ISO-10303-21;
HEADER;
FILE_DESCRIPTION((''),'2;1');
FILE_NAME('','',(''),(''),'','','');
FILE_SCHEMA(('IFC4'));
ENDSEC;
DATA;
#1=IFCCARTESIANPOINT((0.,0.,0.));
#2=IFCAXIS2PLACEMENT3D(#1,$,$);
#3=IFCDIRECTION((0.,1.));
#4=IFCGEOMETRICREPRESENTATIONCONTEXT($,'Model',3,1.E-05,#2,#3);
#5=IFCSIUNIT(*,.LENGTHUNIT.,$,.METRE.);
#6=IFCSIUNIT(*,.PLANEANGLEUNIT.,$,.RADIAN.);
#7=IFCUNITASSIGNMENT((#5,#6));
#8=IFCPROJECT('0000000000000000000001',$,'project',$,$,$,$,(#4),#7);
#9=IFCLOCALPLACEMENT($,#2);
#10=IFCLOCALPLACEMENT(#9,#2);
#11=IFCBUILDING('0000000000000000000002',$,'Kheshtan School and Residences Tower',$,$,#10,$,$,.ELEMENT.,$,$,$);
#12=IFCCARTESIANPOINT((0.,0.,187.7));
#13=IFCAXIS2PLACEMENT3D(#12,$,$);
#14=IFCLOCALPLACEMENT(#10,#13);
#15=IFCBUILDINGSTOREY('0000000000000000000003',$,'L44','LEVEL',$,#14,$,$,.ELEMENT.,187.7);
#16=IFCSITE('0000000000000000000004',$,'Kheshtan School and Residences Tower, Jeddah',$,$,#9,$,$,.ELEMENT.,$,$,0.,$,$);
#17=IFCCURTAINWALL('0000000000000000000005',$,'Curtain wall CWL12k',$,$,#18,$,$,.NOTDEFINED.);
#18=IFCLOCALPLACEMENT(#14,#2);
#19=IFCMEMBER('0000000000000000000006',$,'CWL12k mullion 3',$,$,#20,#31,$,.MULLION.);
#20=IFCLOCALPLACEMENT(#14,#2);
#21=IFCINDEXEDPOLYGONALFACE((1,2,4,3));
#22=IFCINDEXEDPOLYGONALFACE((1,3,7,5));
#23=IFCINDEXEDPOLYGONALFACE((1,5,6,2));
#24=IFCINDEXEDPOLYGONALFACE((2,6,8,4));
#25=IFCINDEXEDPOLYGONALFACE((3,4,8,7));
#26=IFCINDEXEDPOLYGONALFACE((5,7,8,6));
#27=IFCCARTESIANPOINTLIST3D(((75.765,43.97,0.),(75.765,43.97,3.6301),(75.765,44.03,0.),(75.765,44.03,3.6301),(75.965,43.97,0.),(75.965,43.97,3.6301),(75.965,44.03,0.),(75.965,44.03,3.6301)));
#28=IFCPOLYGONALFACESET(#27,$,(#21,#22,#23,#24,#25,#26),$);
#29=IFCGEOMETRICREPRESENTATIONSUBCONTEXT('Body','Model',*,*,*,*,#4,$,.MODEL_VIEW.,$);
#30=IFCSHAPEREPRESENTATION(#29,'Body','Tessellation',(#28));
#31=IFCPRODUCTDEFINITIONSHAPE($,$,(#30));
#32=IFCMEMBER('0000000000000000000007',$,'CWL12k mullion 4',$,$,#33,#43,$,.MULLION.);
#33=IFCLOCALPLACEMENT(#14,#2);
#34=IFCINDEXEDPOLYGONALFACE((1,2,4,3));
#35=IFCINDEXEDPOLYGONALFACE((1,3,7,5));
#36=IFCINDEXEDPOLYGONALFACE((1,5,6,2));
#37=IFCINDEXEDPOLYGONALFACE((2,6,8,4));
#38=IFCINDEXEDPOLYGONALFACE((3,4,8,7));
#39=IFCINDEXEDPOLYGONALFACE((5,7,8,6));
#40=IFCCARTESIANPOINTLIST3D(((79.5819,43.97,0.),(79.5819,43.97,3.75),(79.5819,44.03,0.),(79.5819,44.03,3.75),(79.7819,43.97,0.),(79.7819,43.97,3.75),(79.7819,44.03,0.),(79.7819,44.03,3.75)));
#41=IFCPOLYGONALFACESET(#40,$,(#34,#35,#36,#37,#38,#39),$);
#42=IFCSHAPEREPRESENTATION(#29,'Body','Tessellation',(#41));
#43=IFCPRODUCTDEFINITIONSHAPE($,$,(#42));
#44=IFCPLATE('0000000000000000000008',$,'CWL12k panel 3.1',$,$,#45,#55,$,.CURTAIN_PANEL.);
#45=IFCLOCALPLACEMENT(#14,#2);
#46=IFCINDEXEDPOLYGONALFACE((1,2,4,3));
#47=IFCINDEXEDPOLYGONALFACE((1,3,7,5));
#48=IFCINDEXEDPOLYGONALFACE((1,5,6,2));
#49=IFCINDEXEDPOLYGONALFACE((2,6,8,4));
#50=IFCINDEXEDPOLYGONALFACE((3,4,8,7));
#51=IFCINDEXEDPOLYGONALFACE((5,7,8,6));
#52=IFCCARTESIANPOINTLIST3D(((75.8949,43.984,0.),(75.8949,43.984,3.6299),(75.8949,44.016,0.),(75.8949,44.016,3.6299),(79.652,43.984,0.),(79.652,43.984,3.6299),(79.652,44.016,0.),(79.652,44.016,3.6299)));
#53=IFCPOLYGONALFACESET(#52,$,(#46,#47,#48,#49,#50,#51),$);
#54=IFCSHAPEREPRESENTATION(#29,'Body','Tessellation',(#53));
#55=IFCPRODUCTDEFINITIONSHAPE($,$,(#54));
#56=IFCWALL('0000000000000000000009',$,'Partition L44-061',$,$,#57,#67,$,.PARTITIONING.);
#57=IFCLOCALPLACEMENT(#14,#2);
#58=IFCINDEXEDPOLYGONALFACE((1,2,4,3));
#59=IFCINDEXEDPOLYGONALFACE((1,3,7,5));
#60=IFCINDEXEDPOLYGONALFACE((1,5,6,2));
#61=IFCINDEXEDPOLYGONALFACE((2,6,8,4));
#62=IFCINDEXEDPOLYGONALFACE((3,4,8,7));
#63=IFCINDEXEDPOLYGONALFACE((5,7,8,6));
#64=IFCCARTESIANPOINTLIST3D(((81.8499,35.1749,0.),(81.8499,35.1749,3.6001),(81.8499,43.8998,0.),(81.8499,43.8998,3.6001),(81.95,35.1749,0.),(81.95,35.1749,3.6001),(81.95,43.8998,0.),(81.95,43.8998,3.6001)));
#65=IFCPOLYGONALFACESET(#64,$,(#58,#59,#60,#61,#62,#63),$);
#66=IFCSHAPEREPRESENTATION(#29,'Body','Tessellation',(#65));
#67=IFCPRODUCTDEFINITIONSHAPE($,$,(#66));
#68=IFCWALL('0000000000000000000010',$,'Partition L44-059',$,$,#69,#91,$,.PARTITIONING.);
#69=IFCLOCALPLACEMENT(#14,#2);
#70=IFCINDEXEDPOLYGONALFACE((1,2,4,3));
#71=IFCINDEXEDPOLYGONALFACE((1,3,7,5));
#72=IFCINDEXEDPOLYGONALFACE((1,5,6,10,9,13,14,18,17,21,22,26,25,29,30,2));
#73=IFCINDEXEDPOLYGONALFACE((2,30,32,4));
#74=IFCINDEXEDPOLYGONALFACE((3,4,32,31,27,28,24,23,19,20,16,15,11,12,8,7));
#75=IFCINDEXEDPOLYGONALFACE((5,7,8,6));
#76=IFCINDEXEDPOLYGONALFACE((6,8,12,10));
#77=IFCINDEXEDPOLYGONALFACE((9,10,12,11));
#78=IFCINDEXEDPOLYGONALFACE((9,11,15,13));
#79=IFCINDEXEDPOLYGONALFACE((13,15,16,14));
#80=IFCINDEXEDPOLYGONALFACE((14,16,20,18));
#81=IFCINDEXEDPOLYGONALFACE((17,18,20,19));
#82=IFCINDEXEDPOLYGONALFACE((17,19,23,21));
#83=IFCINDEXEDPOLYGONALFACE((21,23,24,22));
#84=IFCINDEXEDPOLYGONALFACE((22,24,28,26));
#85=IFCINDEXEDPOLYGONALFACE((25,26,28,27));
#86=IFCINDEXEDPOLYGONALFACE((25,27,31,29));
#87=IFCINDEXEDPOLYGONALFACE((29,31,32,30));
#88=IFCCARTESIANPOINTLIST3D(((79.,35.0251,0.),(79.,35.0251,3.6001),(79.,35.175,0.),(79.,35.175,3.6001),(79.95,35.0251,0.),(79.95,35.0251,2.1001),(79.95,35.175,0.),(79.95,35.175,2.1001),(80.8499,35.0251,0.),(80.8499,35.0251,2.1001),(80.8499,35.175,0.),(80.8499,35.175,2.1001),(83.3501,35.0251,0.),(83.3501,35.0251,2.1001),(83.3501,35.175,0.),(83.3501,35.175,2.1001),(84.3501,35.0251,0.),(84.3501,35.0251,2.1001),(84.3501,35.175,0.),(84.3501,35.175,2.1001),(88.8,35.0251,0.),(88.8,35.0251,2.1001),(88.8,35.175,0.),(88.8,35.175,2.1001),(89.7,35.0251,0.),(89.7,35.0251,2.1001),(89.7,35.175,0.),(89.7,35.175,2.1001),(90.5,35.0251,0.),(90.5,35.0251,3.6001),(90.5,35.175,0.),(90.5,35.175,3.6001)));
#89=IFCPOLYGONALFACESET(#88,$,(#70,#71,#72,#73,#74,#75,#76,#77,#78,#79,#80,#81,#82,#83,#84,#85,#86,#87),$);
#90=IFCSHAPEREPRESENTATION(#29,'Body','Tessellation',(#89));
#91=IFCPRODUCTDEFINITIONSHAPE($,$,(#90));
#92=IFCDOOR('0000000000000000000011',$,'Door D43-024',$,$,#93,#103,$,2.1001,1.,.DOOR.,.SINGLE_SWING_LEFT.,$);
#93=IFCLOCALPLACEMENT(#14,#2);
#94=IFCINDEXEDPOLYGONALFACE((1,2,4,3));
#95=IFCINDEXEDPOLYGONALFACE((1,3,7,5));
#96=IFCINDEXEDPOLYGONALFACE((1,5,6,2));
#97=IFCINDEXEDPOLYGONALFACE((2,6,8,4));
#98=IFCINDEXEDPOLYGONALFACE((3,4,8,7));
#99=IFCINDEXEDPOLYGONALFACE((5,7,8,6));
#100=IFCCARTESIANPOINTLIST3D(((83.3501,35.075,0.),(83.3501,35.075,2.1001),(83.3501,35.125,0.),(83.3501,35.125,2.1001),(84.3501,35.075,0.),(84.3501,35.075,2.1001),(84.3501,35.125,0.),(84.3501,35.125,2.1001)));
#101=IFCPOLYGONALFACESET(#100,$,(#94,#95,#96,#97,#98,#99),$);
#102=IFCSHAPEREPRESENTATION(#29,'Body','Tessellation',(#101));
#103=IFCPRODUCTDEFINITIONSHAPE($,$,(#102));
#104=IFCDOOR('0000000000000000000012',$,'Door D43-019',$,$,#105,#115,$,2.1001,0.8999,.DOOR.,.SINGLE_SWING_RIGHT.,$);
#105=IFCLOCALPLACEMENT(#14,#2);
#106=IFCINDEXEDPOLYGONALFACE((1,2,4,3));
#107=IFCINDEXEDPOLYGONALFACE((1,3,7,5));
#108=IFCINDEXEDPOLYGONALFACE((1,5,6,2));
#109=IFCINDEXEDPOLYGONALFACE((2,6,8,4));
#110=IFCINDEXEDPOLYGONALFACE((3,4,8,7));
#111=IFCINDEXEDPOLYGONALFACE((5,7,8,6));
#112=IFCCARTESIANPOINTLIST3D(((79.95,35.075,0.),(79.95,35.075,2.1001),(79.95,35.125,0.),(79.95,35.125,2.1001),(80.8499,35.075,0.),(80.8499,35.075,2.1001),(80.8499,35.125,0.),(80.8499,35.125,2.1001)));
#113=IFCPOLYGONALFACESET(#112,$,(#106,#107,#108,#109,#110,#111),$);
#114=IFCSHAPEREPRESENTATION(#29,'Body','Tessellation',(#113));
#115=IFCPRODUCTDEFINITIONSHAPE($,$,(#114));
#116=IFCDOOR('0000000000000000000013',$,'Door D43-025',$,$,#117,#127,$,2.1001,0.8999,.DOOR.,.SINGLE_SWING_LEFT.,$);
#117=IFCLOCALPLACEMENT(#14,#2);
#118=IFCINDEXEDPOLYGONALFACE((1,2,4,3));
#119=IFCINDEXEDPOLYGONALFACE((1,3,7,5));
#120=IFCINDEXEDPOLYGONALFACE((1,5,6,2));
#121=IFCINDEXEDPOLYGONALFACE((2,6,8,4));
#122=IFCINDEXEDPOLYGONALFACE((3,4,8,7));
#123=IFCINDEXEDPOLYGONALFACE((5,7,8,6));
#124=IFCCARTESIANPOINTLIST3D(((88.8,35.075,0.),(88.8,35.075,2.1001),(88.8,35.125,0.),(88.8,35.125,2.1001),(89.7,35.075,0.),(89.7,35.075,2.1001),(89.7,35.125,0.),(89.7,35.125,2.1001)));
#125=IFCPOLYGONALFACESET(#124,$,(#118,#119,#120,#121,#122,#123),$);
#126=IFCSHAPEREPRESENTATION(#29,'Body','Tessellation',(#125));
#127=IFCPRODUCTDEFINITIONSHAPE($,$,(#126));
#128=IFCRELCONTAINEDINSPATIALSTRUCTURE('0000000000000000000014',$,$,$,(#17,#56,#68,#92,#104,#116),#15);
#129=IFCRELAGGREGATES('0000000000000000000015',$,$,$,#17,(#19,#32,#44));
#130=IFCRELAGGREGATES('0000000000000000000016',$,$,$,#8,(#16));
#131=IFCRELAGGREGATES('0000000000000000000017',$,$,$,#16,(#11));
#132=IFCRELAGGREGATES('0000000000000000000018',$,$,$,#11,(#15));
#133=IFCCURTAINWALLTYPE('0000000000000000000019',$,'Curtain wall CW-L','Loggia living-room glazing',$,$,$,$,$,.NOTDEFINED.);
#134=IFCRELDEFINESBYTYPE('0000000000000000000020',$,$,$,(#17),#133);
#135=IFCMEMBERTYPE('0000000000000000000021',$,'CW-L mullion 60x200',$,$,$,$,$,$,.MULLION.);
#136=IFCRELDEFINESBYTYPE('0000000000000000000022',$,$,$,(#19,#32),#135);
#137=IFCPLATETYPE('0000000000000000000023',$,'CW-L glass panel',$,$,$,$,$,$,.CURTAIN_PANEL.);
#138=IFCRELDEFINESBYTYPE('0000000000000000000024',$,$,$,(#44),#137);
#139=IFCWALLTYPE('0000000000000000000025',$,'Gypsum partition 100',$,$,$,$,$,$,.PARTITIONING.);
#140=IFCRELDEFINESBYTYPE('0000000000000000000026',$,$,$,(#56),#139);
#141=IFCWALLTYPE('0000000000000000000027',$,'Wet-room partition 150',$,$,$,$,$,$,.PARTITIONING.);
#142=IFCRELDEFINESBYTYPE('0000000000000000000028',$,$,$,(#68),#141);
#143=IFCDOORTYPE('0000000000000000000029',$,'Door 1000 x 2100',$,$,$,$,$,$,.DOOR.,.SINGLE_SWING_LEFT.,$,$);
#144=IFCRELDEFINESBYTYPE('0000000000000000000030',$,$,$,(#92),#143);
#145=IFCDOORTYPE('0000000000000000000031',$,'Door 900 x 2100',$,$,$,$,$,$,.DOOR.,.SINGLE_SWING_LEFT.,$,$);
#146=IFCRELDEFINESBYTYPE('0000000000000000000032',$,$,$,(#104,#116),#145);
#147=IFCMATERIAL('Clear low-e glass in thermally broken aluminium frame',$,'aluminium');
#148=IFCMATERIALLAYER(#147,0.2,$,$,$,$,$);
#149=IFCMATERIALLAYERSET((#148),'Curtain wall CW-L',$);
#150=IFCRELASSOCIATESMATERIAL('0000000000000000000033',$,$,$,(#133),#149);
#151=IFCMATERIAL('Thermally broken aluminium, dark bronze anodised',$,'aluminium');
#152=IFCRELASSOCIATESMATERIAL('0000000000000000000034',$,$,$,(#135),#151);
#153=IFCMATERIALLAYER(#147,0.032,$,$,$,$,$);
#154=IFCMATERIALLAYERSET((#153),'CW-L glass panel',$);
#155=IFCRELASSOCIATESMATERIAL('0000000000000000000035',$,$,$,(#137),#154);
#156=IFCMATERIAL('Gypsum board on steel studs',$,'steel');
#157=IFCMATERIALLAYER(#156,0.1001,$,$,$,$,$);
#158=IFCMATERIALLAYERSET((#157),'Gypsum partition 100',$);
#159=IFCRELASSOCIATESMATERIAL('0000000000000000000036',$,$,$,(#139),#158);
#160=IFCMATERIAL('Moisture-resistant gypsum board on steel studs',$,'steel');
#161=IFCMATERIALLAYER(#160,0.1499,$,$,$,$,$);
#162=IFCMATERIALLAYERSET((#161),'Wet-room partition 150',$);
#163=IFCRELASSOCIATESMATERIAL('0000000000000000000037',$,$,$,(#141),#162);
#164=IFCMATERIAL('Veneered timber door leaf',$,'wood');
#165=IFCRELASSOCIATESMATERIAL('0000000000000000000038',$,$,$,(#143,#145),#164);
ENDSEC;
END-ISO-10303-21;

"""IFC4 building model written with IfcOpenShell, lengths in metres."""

from ifc_helpers import new_model, si_unit, direction, frame, frame_2d, origin, origin_2d, place, context, subcontext, project, spatial, rectangle, extrude, source, transform, mapped, material, layer, layer_set, material_profile, profile_set, type_object, element, fill, aggregate, save


model = new_model("IFC4")

# Units and contexts
model_context = context("Model", 3, precision=1e-05, world=origin(), true_north=direction((0.0, 1.0)))
body_context = subcontext(model_context, "Body", "Model", "MODEL_VIEW")
ifc_project = project(units=[si_unit("LENGTHUNIT", "METRE"), si_unit("PLANEANGLEUNIT", "RADIAN")], contexts=[model_context])

# Site, building, storey
site_placement = place(None, origin())
site = spatial("IfcSite", under=ifc_project, at=site_placement, Name="Kheshtan School and Residences Tower, Jeddah", CompositionType="ELEMENT", RefElevation=0.0)
building_placement = place(site_placement, origin())
building = spatial("IfcBuilding", under=site, at=building_placement, Name="Kheshtan School and Residences Tower", CompositionType="ELEMENT")
storey_placement = place(building_placement, frame((0.0, 0.0, 187.7)))
storey = spatial("IfcBuildingStorey", under=building, at=storey_placement, Name="L44", Description="LEVEL", CompositionType="ELEMENT", Elevation=187.7)

# Curtain wall, members, plate
ifc_material_1 = material(Name="Clear low-e glass in thermally broken aluminium frame", Category="aluminium")
ifc_layer_1 = layer(ifc_material_1, 0.2)
ifc_layer_set_1 = layer_set([ifc_layer_1], Name="Curtain wall CW-L")
curtain_wall_type = type_object("IfcCurtainWallType", Name="Curtain wall CW-L", Description="Loggia living-room glazing", PredefinedType="NOTDEFINED", material=ifc_layer_set_1)
curtain_wall_placement = place(storey_placement, origin())
curtain_wall = element("IfcCurtainWall", 1, at=curtain_wall_placement, inside=storey, type_object=curtain_wall_type, Name="Curtain wall CWL12k", PredefinedType="NOTDEFINED")
ifc_material_2 = material(Name="Thermally broken aluminium, dark bronze anodised", Category="aluminium")
ifc_material_profile_1 = material_profile(ifc_material_2, rectangle(XDim=0.0601, YDim=0.2, at=origin_2d()), Name="CW-L mullion 60x200")
ifc_profile_set_1 = profile_set([ifc_material_profile_1], Name="Thermally broken aluminium, dark bronze anodised")
member_type = type_object("IfcMemberType", Name="CW-L mullion 60x200", PredefinedType="MULLION", material=ifc_profile_set_1)
member_1_placement = place(storey_placement, frame((75.865, 44.0, 0.0), z_axis=(0.0, 0.0, 1.0), x_axis=(0.0, 1.0, 0.0)))
member_1 = element("IfcMember", 2, at=member_1_placement, type_object=member_type, Name="CWL12k mullion 3", PredefinedType="MULLION", context=body_context, shape_type="SweptSolid", body=[
    extrude(rectangle(XDim=0.0601, YDim=0.2, at=origin_2d()), origin(), (0.0, 0.0, 1.0), 3.6301),
])
member_2_placement = place(storey_placement, frame((79.6819, 44.0, 0.0), z_axis=(0.0, 0.0, 1.0), x_axis=(0.0, 1.0, 0.0)))
member_2 = element("IfcMember", 3, at=member_2_placement, type_object=member_type, Name="CWL12k mullion 4", PredefinedType="MULLION", context=body_context, shape_type="SweptSolid", body=[
    extrude(rectangle(XDim=0.0601, YDim=0.2, at=origin_2d()), origin(), (0.0, 0.0, 1.0), 3.75),
])
ifc_layer_2 = layer(ifc_material_1, 0.032)
ifc_layer_set_2 = layer_set([ifc_layer_2], Name="CW-L glass panel")
plate_type = type_object("IfcPlateType", Name="CW-L glass panel", PredefinedType="CURTAIN_PANEL", material=ifc_layer_set_2)
plate_placement = place(storey_placement, frame((77.7734, 44.0, 0.0), z_axis=(0.0, 0.0, 1.0), x_axis=(1.0, 0.0, 0.0)))
plate = element("IfcPlate", 4, at=plate_placement, type_object=plate_type, Name="CWL12k panel 3.1", PredefinedType="CURTAIN_PANEL", context=body_context, shape_type="SweptSolid", body=[
    extrude(rectangle(XDim=3.7571, YDim=0.032, at=origin_2d()), origin(), (0.0, 0.0, 1.0), 3.6299),
])
aggregate(curtain_wall, [member_1, member_2, plate])

# Wall
ifc_material_3 = material(Name="Gypsum board on steel studs", Category="steel")
ifc_layer_3 = layer(ifc_material_3, 0.1001)
ifc_layer_set_3 = layer_set([ifc_layer_3], Name="Gypsum partition 100")
wall_type_1 = type_object("IfcWallType", Name="Gypsum partition 100", PredefinedType="PARTITIONING", material=ifc_layer_set_3)
wall_1_placement = place(storey_placement, frame((81.8999, 35.175, 0.0), z_axis=(0.0, 0.0, 1.0), x_axis=(0.0, 1.0, 0.0)))
element("IfcWall", 5, at=wall_1_placement, inside=storey, type_object=wall_type_1, Name="Partition L44-061", PredefinedType="PARTITIONING", context=body_context, shape_type="SweptSolid", body=[
    extrude(rectangle(XDim=8.7249, YDim=0.1001, at=frame_2d((4.3623, 0.0))), origin(), (0.0, 0.0, 1.0), 3.6001),
])

# Wall, openings, doors
ifc_material_4 = material(Name="Moisture-resistant gypsum board on steel studs", Category="steel")
ifc_layer_4 = layer(ifc_material_4, 0.1499)
ifc_layer_set_4 = layer_set([ifc_layer_4], Name="Wet-room partition 150")
wall_type_2 = type_object("IfcWallType", Name="Wet-room partition 150", PredefinedType="PARTITIONING", material=ifc_layer_set_4)
wall_2_placement = place(storey_placement, frame((79.0, 35.1001, 0.0), z_axis=(0.0, 0.0, 1.0), x_axis=(1.0, 0.0, 0.0)))
wall_2 = element("IfcWall", 6, at=wall_2_placement, inside=storey, type_object=wall_type_2, Name="Partition L44-059", PredefinedType="PARTITIONING", context=body_context, shape_type="SweptSolid", body=[
    extrude(rectangle(XDim=11.5, YDim=0.1499, at=frame_2d((5.75, 0.0))), origin(), (0.0, 0.0, 1.0), 3.6001),
])
opening_1_placement = place(wall_2_placement, frame((0.95, 0.0, 0.0)))
opening_1 = element("IfcOpeningElement", 7, at=opening_1_placement, cuts=wall_2, PredefinedType="OPENING", context=body_context, shape_type="SweptSolid", body=[
    extrude(rectangle(XDim=0.8999, YDim=2.1001, at=frame_2d((0.45, 1.05))), frame((0.0, 0.085, 0.0), z_axis=(0.0, -1.0, 0.0), x_axis=(1.0, 0.0, 0.0)), (0.0, 0.0, 1.0), 0.1699),
])
opening_2_placement = place(wall_2_placement, frame((4.3501, 0.0, 0.0)))
opening_2 = element("IfcOpeningElement", 8, at=opening_2_placement, cuts=wall_2, PredefinedType="OPENING", context=body_context, shape_type="SweptSolid", body=[
    extrude(rectangle(XDim=1.0, YDim=2.1001, at=frame_2d((0.5, 1.05))), frame((0.0, 0.085, 0.0), z_axis=(0.0, -1.0, 0.0), x_axis=(1.0, 0.0, 0.0)), (0.0, 0.0, 1.0), 0.1699),
])
opening_3_placement = place(wall_2_placement, frame((9.8, 0.0, 0.0)))
opening_3 = element("IfcOpeningElement", 9, at=opening_3_placement, cuts=wall_2, PredefinedType="OPENING", context=body_context, shape_type="SweptSolid", body=[
    extrude(rectangle(XDim=0.8999, YDim=2.1001, at=frame_2d((0.45, 1.05))), frame((0.0, 0.085, 0.0), z_axis=(0.0, -1.0, 0.0), x_axis=(1.0, 0.0, 0.0)), (0.0, 0.0, 1.0), 0.1699),
])
ifc_material_5 = material(Name="Veneered timber door leaf", Category="wood")
door_type_1 = type_object("IfcDoorType", Name="Door 1000 x 2100", OperationType="SINGLE_SWING_LEFT", PredefinedType="DOOR", material=ifc_material_5)
shared_shape_1 = source(origin(), body_context, "Body", "SweptSolid", [
    extrude(rectangle(XDim=1.0, YDim=2.1001, at=frame_2d((0.5, 1.05))), frame((0.0, 0.0249, 0.0), z_axis=(0.0, -1.0, 0.0), x_axis=(1.0, 0.0, 0.0)), (0.0, 0.0, 1.0), 0.05),
])
door_1_placement = place(opening_2_placement, origin())
door_1 = element("IfcDoor", 10, at=door_1_placement, inside=storey, type_object=door_type_1, Name="Door D43-024", OperationType="SINGLE_SWING_LEFT", OverallHeight=2.1001, OverallWidth=1.0, PredefinedType="DOOR", context=body_context, shape_type="MappedRepresentation", body=[
    mapped(shared_shape_1, transform((0.0, 0.0, 0.0), x_axis=(1.0, 0.0, 0.0), y_axis=(0.0, 1.0, 0.0), z_axis=(0.0, 0.0, 1.0), scale=1.0)),
])
fill(opening_2, door_1)
door_type_2 = type_object("IfcDoorType", Name="Door 900 x 2100", OperationType="SINGLE_SWING_LEFT", PredefinedType="DOOR", material=ifc_material_5)
shared_shape_2 = source(origin(), body_context, "Body", "SweptSolid", [
    extrude(rectangle(XDim=0.8999, YDim=2.1001, at=frame_2d((0.45, 1.05))), frame((0.0, 0.0249, 0.0), z_axis=(0.0, -1.0, 0.0), x_axis=(1.0, 0.0, 0.0)), (0.0, 0.0, 1.0), 0.05),
])
door_2_placement = place(opening_1_placement, origin())
door_2 = element("IfcDoor", 11, at=door_2_placement, inside=storey, type_object=door_type_2, Name="Door D43-019", OperationType="SINGLE_SWING_RIGHT", OverallHeight=2.1001, OverallWidth=0.8999, PredefinedType="DOOR", context=body_context, shape_type="MappedRepresentation", body=[
    mapped(shared_shape_2, transform((0.0, 0.0, 0.0), x_axis=(1.0, 0.0, 0.0), y_axis=(0.0, 1.0, 0.0), z_axis=(0.0, 0.0, 1.0), scale=1.0)),
])
fill(opening_1, door_2)
door_3_placement = place(opening_3_placement, origin())
door_3 = element("IfcDoor", 12, at=door_3_placement, inside=storey, type_object=door_type_2, Name="Door D43-025", OperationType="SINGLE_SWING_LEFT", OverallHeight=2.1001, OverallWidth=0.8999, PredefinedType="DOOR", context=body_context, shape_type="MappedRepresentation", body=[
    mapped(shared_shape_2, transform((0.0, 0.0, 0.0), x_axis=(1.0, 0.0, 0.0), y_axis=(0.0, 1.0, 0.0), z_axis=(0.0, 0.0, 1.0), scale=1.0)),
])
fill(opening_3, door_3)

save(model, "model.ifc")
